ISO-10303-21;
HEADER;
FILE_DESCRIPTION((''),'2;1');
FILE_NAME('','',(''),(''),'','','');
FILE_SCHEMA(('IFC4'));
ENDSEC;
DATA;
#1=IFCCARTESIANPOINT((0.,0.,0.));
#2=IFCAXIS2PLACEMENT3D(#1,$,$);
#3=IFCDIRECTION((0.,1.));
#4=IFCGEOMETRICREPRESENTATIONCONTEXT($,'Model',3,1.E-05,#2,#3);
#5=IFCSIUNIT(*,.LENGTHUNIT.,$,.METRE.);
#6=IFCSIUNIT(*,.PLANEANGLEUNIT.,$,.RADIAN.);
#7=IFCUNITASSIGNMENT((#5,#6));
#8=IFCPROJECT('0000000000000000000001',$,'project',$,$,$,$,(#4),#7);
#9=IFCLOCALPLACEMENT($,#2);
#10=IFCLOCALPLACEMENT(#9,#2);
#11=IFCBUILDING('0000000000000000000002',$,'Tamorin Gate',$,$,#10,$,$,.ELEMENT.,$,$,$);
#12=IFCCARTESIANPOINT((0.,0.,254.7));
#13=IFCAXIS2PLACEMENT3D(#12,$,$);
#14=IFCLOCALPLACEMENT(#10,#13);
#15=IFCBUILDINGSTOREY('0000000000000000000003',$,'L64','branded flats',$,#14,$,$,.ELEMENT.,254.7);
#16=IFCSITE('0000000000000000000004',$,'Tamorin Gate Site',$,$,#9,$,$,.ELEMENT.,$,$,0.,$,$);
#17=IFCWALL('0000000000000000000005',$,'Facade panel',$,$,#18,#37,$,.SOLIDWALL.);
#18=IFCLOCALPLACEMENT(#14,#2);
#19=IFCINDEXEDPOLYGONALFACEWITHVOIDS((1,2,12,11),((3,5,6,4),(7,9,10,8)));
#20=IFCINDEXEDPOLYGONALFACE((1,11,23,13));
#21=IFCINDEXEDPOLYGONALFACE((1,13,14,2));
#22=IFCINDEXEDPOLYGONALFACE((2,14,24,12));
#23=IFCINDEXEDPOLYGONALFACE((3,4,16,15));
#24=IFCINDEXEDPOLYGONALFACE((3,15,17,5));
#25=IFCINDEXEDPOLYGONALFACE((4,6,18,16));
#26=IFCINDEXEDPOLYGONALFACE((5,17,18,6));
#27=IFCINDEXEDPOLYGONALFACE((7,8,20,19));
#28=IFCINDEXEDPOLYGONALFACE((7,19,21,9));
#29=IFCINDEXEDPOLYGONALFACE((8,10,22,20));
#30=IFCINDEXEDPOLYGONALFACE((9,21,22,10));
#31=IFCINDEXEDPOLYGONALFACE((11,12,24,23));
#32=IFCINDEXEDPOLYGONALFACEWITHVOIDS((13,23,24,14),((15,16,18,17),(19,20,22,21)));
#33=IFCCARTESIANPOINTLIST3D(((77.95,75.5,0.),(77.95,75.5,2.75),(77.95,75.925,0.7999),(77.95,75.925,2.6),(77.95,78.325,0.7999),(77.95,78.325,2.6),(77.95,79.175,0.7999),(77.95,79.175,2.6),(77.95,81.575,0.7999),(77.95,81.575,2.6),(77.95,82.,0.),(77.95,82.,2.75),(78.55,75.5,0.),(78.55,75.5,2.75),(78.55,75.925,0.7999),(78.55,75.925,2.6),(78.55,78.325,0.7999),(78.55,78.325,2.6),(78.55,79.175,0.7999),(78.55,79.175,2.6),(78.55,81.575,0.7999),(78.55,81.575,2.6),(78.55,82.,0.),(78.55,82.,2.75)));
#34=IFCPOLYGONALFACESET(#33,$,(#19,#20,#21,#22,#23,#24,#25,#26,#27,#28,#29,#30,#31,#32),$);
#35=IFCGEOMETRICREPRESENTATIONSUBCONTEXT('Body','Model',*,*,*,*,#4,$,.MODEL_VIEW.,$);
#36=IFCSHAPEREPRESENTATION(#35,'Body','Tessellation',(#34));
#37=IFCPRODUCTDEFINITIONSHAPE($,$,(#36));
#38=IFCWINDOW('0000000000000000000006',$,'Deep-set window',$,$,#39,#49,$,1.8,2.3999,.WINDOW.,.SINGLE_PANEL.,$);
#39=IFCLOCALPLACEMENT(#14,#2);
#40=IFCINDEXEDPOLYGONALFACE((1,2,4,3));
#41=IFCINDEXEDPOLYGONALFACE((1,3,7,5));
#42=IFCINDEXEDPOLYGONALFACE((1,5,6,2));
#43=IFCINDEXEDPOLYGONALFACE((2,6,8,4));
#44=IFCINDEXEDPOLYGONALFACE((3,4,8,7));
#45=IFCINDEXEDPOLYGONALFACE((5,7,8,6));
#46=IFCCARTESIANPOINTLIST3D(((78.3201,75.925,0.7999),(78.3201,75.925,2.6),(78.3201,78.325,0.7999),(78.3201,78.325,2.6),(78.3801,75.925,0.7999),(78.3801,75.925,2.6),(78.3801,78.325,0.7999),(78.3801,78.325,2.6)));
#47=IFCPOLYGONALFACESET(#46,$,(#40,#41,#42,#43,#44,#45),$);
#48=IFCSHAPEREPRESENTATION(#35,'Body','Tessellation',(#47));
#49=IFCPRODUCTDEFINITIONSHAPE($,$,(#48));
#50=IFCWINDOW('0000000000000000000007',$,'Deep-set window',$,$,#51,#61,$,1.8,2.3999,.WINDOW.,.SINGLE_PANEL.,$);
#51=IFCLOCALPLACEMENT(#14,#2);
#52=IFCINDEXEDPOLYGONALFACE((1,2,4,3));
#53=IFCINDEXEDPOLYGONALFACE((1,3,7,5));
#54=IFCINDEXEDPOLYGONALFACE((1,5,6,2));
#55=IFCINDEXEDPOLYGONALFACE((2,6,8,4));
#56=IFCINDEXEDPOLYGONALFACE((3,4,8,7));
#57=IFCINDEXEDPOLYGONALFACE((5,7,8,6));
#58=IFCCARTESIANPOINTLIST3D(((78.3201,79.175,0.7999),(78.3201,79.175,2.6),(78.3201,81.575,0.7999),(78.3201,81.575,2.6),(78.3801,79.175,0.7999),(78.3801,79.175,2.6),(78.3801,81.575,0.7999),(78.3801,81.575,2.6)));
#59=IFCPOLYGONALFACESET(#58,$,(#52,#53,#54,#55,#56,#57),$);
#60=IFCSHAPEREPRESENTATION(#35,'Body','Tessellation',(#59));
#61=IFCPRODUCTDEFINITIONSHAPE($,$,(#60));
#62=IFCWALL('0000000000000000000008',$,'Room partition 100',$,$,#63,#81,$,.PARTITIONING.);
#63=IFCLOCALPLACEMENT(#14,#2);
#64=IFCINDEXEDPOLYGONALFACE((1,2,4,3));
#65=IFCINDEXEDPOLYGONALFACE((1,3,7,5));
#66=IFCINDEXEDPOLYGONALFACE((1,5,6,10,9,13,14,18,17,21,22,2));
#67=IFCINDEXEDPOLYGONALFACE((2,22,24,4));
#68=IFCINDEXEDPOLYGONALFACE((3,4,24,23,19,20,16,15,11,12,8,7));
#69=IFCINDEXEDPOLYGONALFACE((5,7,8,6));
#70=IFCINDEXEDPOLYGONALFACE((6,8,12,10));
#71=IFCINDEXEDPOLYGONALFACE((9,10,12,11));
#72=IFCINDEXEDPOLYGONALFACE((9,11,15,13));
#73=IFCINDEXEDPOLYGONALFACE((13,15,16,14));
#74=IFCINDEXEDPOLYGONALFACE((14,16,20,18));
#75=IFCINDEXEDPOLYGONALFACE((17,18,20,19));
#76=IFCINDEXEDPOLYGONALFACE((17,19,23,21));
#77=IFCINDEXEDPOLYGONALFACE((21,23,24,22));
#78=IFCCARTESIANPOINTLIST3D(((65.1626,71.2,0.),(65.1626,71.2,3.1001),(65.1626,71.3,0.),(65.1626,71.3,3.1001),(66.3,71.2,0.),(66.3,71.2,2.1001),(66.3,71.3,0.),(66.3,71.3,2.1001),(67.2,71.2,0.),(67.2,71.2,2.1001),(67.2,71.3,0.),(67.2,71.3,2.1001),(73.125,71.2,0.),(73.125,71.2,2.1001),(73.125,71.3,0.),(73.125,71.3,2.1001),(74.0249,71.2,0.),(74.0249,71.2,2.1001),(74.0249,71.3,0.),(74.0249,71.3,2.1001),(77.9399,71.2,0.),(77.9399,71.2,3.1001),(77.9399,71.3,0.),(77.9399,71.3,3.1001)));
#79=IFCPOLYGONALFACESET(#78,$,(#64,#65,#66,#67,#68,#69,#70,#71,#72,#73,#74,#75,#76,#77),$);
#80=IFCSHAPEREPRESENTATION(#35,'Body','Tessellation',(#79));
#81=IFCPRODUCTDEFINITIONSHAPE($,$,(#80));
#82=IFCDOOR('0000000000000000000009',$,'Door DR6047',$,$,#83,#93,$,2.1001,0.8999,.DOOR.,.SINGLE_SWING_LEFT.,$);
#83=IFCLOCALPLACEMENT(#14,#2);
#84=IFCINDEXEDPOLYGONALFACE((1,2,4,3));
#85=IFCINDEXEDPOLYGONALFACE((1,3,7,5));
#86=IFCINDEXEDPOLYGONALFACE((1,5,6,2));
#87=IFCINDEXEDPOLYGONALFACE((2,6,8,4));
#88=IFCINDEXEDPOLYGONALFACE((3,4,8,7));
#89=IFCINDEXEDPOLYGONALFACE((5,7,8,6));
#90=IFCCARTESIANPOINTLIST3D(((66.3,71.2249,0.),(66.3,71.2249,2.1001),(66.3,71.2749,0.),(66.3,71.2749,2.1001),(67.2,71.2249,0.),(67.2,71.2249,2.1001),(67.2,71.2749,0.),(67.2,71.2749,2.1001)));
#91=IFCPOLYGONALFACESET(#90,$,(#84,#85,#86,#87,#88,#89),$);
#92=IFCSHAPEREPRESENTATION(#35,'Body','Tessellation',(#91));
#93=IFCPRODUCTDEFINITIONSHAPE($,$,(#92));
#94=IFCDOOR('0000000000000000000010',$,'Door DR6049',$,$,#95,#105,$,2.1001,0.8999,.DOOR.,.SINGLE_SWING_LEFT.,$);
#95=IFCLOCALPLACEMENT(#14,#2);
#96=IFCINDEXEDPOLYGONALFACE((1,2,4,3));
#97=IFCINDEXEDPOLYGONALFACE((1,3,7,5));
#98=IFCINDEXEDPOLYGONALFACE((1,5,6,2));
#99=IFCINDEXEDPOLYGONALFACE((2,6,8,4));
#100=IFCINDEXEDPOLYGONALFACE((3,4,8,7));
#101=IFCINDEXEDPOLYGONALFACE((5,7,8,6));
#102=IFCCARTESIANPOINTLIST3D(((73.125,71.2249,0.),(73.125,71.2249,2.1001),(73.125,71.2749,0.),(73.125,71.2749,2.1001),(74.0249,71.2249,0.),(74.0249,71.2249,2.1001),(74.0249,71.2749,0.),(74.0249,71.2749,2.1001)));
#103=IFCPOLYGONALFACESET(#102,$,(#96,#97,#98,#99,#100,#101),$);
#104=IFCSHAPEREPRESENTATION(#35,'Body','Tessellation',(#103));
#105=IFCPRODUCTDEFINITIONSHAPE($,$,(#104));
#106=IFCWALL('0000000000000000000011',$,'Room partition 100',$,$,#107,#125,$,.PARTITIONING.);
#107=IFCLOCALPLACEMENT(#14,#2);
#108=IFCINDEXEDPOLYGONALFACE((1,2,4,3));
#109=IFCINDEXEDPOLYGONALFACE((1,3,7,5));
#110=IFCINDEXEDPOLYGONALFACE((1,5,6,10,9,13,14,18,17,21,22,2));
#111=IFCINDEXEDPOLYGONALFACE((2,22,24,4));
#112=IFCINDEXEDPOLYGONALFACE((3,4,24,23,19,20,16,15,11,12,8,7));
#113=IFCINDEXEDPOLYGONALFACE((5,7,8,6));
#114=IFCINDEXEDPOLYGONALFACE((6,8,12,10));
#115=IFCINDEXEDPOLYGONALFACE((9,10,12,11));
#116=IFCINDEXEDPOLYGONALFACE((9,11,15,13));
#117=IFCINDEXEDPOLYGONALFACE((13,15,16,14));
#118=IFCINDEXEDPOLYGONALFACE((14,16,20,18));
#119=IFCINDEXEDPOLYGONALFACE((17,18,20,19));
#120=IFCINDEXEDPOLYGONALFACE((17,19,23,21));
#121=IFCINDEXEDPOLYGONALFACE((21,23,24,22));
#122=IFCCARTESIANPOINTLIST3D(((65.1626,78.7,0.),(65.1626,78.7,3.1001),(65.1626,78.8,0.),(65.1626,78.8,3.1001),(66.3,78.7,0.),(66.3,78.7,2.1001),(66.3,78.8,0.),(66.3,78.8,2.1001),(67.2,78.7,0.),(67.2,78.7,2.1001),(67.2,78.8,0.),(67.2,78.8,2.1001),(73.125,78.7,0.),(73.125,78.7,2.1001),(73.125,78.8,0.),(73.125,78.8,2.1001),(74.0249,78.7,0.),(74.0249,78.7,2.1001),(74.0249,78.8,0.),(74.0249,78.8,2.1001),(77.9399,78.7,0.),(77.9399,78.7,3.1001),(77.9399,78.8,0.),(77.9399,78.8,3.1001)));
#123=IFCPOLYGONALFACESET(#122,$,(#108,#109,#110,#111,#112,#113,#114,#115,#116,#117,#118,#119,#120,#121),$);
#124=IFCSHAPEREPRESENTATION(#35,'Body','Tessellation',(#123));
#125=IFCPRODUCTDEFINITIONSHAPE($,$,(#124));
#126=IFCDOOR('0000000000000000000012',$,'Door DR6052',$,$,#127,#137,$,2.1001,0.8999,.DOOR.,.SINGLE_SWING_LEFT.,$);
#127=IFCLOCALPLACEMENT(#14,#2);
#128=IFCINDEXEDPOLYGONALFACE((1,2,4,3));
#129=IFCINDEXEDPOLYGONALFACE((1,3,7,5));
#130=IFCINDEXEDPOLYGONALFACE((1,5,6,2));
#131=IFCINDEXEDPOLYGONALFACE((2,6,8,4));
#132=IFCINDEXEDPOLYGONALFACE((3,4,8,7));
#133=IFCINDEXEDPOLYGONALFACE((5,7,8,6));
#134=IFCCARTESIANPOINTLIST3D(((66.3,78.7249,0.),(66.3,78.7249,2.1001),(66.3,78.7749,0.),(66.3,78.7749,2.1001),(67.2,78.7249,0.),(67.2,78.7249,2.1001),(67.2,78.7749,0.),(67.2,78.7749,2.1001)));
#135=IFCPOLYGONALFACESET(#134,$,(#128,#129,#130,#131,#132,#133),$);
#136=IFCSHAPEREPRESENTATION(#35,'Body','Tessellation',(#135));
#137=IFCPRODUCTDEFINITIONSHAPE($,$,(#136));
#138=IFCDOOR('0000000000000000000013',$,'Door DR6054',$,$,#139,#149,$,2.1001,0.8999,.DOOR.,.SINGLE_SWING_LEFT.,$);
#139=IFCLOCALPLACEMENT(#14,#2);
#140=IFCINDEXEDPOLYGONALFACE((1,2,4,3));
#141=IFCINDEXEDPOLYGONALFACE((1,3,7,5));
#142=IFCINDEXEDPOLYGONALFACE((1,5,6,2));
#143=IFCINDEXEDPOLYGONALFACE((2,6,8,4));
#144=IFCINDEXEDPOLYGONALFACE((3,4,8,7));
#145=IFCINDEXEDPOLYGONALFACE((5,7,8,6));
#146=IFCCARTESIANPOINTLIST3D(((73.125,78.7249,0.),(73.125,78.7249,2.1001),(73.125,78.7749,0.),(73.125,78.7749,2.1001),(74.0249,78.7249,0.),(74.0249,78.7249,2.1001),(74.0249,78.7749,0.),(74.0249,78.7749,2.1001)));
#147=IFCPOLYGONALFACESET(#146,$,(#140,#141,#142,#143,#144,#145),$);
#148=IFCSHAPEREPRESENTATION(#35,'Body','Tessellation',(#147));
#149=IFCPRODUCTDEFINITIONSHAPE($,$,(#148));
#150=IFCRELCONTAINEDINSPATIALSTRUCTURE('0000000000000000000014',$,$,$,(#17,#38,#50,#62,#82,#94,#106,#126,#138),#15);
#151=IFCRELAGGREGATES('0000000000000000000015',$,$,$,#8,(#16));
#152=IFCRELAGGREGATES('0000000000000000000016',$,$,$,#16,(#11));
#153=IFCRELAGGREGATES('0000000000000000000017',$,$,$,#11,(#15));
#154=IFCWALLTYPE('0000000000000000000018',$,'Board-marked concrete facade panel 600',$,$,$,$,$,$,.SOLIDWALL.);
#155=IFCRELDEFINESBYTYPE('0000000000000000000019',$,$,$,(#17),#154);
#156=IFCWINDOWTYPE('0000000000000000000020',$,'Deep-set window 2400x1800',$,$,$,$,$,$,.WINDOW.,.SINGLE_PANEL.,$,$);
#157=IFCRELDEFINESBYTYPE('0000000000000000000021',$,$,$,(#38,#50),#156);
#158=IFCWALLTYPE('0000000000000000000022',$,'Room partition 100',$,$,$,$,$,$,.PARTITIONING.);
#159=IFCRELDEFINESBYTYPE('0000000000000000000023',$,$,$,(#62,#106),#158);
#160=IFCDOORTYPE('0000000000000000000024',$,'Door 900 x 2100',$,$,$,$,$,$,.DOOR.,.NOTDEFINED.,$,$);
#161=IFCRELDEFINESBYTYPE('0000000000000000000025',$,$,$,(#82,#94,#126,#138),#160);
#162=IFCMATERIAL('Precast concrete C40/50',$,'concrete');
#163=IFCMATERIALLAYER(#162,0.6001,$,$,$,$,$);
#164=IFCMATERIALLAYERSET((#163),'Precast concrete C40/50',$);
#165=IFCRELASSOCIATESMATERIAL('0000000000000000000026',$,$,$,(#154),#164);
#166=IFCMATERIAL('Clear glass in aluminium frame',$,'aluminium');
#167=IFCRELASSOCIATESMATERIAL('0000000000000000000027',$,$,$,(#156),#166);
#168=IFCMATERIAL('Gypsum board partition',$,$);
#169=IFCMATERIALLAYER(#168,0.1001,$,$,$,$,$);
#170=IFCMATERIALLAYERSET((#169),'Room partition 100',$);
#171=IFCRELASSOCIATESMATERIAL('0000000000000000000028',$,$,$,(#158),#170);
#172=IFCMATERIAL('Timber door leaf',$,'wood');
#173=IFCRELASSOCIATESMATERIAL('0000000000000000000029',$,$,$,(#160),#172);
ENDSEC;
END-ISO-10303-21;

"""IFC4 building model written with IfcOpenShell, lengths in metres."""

from ifc_helpers import new_model, si_unit, direction, frame, frame_2d, origin, place, context, subcontext, project, spatial, rectangle, extrude, material, layer, layer_set, type_object, element, fill, save


model = new_model("IFC4")

# Units and contexts
model_context = context("Model", 3, precision=1e-05, world=origin(), true_north=direction((0.0, 1.0)))
body_context = subcontext(model_context, "Body", "Model", "MODEL_VIEW")
ifc_project = project(units=[si_unit("LENGTHUNIT", "METRE"), si_unit("PLANEANGLEUNIT", "RADIAN")], contexts=[model_context])

# Site, building, storey
site_placement = place(None, origin())
site = spatial("IfcSite", under=ifc_project, at=site_placement, Name="Tamorin Gate Site", CompositionType="ELEMENT", RefElevation=0.0)
building_placement = place(site_placement, origin())
building = spatial("IfcBuilding", under=site, at=building_placement, Name="Tamorin Gate", CompositionType="ELEMENT")
storey_placement = place(building_placement, frame((0.0, 0.0, 254.7)))
storey = spatial("IfcBuildingStorey", under=building, at=storey_placement, Name="L64", Description="branded flats", CompositionType="ELEMENT", Elevation=254.7)

# Wall, openings, windows
ifc_material_1 = material(Name="Precast concrete C40/50", Category="concrete")
ifc_layer_1 = layer(ifc_material_1, 0.6001)
ifc_layer_set_1 = layer_set([ifc_layer_1], Name="Precast concrete C40/50")
wall_type_1 = type_object("IfcWallType", Name="Board-marked concrete facade panel 600", PredefinedType="SOLIDWALL", material=ifc_layer_set_1)
ifc_material_2 = material(Name="Clear glass in aluminium frame", Category="aluminium")
window_type = type_object("IfcWindowType", Name="Deep-set window 2400x1800", PartitioningType="SINGLE_PANEL", PredefinedType="WINDOW", material=ifc_material_2)
wall_1_placement = place(storey_placement, frame((78.25, 75.5, 0.0), z_axis=(0.0, 0.0, 1.0), x_axis=(0.0, 1.0, 0.0)))
wall_1 = element("IfcWall", 1, at=wall_1_placement, inside=storey, type_object=wall_type_1, Name="Facade panel", PredefinedType="SOLIDWALL", context=body_context, shape_type="SweptSolid", body=[
    extrude(rectangle(XDim=6.5, YDim=0.6001, at=frame_2d((3.25, 0.0))), origin(), (0.0, 0.0, 1.0), 2.75),
])
opening_1_placement = place(wall_1_placement, frame((0.425, 0.0, 0.8)))
opening_1 = element("IfcOpeningElement", 2, at=opening_1_placement, cuts=wall_1, PredefinedType="OPENING", context=body_context, shape_type="SweptSolid", body=[
    extrude(rectangle(XDim=2.3999, YDim=1.8, at=frame_2d((1.2, 0.8999))), frame((0.0, 0.3101, 0.0), z_axis=(0.0, -1.0, 0.0), x_axis=(1.0, 0.0, 0.0)), (0.0, 0.0, 1.0), 0.6201),
])
opening_2_placement = place(wall_1_placement, frame((3.675, 0.0, 0.8)))
opening_2 = element("IfcOpeningElement", 3, at=opening_2_placement, cuts=wall_1, PredefinedType="OPENING", context=body_context, shape_type="SweptSolid", body=[
    extrude(rectangle(XDim=2.3999, YDim=1.8, at=frame_2d((1.2, 0.8999))), frame((0.0, 0.3101, 0.0), z_axis=(0.0, -1.0, 0.0), x_axis=(1.0, 0.0, 0.0)), (0.0, 0.0, 1.0), 0.6201),
])
window_1_placement = place(opening_1_placement, origin())
window_1 = element("IfcWindow", 4, at=window_1_placement, inside=storey, type_object=window_type, Name="Deep-set window", OverallHeight=1.8, OverallWidth=2.3999, PartitioningType="SINGLE_PANEL", PredefinedType="WINDOW", context=body_context, shape_type="SweptSolid", body=[
    extrude(rectangle(XDim=2.3999, YDim=1.8, at=frame_2d((1.2, 0.8999))), frame((0.0, -0.0701, 0.0), z_axis=(0.0, -1.0, 0.0), x_axis=(1.0, 0.0, 0.0)), (0.0, 0.0, 1.0), 0.0601),
])
fill(opening_1, window_1)
window_2_placement = place(opening_2_placement, origin())
window_2 = element("IfcWindow", 5, at=window_2_placement, inside=storey, type_object=window_type, Name="Deep-set window", OverallHeight=1.8, OverallWidth=2.3999, PartitioningType="SINGLE_PANEL", PredefinedType="WINDOW", context=body_context, shape_type="SweptSolid", body=[
    extrude(rectangle(XDim=2.3999, YDim=1.8, at=frame_2d((1.2, 0.8999))), frame((0.0, -0.0701, 0.0), z_axis=(0.0, -1.0, 0.0), x_axis=(1.0, 0.0, 0.0)), (0.0, 0.0, 1.0), 0.0601),
])
fill(opening_2, window_2)

# Walls, openings, doors
ifc_material_3 = material(Name="Gypsum board partition")
ifc_layer_2 = layer(ifc_material_3, 0.1001)
ifc_layer_set_2 = layer_set([ifc_layer_2], Name="Room partition 100")
wall_type_2 = type_object("IfcWallType", Name="Room partition 100", PredefinedType="PARTITIONING", material=ifc_layer_set_2)
wall_2_placement = place(storey_placement, frame((65.1626, 71.25, 0.0), z_axis=(0.0, 0.0, 1.0), x_axis=(1.0, 0.0, 0.0)))
wall_2 = element("IfcWall", 6, at=wall_2_placement, inside=storey, type_object=wall_type_2, Name="Room partition 100", PredefinedType="PARTITIONING", context=body_context, shape_type="SweptSolid", body=[
    extrude(rectangle(XDim=12.7773, YDim=0.1001, at=frame_2d((6.3887, 0.0))), origin(), (0.0, 0.0, 1.0), 3.1001),
])
opening_3_placement = place(wall_2_placement, frame((1.1375, 0.0, 0.0)))
opening_3 = element("IfcOpeningElement", 7, at=opening_3_placement, cuts=wall_2, PredefinedType="OPENING", context=body_context, shape_type="SweptSolid", body=[
    extrude(rectangle(XDim=0.8999, YDim=2.1001, at=frame_2d((0.45, 1.05))), frame((0.0, 0.0601, 0.0), z_axis=(0.0, -1.0, 0.0), x_axis=(1.0, 0.0, 0.0)), (0.0, 0.0, 1.0), 0.1201),
])
opening_4_placement = place(wall_2_placement, frame((7.9624, 0.0, 0.0)))
opening_4 = element("IfcOpeningElement", 8, at=opening_4_placement, cuts=wall_2, PredefinedType="OPENING", context=body_context, shape_type="SweptSolid", body=[
    extrude(rectangle(XDim=0.8999, YDim=2.1001, at=frame_2d((0.45, 1.05))), frame((0.0, 0.0601, 0.0), z_axis=(0.0, -1.0, 0.0), x_axis=(1.0, 0.0, 0.0)), (0.0, 0.0, 1.0), 0.1201),
])
ifc_material_4 = material(Name="Timber door leaf", Category="wood")
door_type = type_object("IfcDoorType", Name="Door 900 x 2100", OperationType="NOTDEFINED", PredefinedType="DOOR", material=ifc_material_4)
door_1_placement = place(opening_3_placement, origin())
door_1 = element("IfcDoor", 9, at=door_1_placement, inside=storey, type_object=door_type, Name="Door DR6047", OperationType="SINGLE_SWING_LEFT", OverallHeight=2.1001, OverallWidth=0.8999, PredefinedType="DOOR", context=body_context, shape_type="SweptSolid", body=[
    extrude(rectangle(XDim=0.8999, YDim=2.1001, at=frame_2d((0.45, 1.05))), frame((0.0, 0.0249, 0.0), z_axis=(0.0, -1.0, 0.0), x_axis=(1.0, 0.0, 0.0)), (0.0, 0.0, 1.0), 0.05),
])
fill(opening_3, door_1)
door_2_placement = place(opening_4_placement, origin())
door_2 = element("IfcDoor", 10, at=door_2_placement, inside=storey, type_object=door_type, Name="Door DR6049", OperationType="SINGLE_SWING_LEFT", OverallHeight=2.1001, OverallWidth=0.8999, PredefinedType="DOOR", context=body_context, shape_type="SweptSolid", body=[
    extrude(rectangle(XDim=0.8999, YDim=2.1001, at=frame_2d((0.45, 1.05))), frame((0.0, 0.0249, 0.0), z_axis=(0.0, -1.0, 0.0), x_axis=(1.0, 0.0, 0.0)), (0.0, 0.0, 1.0), 0.05),
])
fill(opening_4, door_2)
wall_3_placement = place(storey_placement, frame((65.1626, 78.75, 0.0), z_axis=(0.0, 0.0, 1.0), x_axis=(1.0, 0.0, 0.0)))
wall_3 = element("IfcWall", 11, at=wall_3_placement, inside=storey, type_object=wall_type_2, Name="Room partition 100", PredefinedType="PARTITIONING", context=body_context, shape_type="SweptSolid", body=[
    extrude(rectangle(XDim=12.7773, YDim=0.1001, at=frame_2d((6.3887, 0.0))), origin(), (0.0, 0.0, 1.0), 3.1001),
])
opening_5_placement = place(wall_3_placement, frame((1.1375, 0.0, 0.0)))
opening_5 = element("IfcOpeningElement", 12, at=opening_5_placement, cuts=wall_3, PredefinedType="OPENING", context=body_context, shape_type="SweptSolid", body=[
    extrude(rectangle(XDim=0.8999, YDim=2.1001, at=frame_2d((0.45, 1.05))), frame((0.0, 0.0601, 0.0), z_axis=(0.0, -1.0, 0.0), x_axis=(1.0, 0.0, 0.0)), (0.0, 0.0, 1.0), 0.1201),
])
opening_6_placement = place(wall_3_placement, frame((7.9624, 0.0, 0.0)))
opening_6 = element("IfcOpeningElement", 13, at=opening_6_placement, cuts=wall_3, PredefinedType="OPENING", context=body_context, shape_type="SweptSolid", body=[
    extrude(rectangle(XDim=0.8999, YDim=2.1001, at=frame_2d((0.45, 1.05))), frame((0.0, 0.0601, 0.0), z_axis=(0.0, -1.0, 0.0), x_axis=(1.0, 0.0, 0.0)), (0.0, 0.0, 1.0), 0.1201),
])
door_3_placement = place(opening_5_placement, origin())
door_3 = element("IfcDoor", 14, at=door_3_placement, inside=storey, type_object=door_type, Name="Door DR6052", OperationType="SINGLE_SWING_LEFT", OverallHeight=2.1001, OverallWidth=0.8999, PredefinedType="DOOR", context=body_context, shape_type="SweptSolid", body=[
    extrude(rectangle(XDim=0.8999, YDim=2.1001, at=frame_2d((0.45, 1.05))), frame((0.0, 0.0249, 0.0), z_axis=(0.0, -1.0, 0.0), x_axis=(1.0, 0.0, 0.0)), (0.0, 0.0, 1.0), 0.05),
])
fill(opening_5, door_3)
door_4_placement = place(opening_6_placement, origin())
door_4 = element("IfcDoor", 15, at=door_4_placement, inside=storey, type_object=door_type, Name="Door DR6054", OperationType="SINGLE_SWING_LEFT", OverallHeight=2.1001, OverallWidth=0.8999, PredefinedType="DOOR", context=body_context, shape_type="SweptSolid", body=[
    extrude(rectangle(XDim=0.8999, YDim=2.1001, at=frame_2d((0.45, 1.05))), frame((0.0, 0.0249, 0.0), z_axis=(0.0, -1.0, 0.0), x_axis=(1.0, 0.0, 0.0)), (0.0, 0.0, 1.0), 0.05),
])
fill(opening_6, door_4)

save(model, "model.ifc")
